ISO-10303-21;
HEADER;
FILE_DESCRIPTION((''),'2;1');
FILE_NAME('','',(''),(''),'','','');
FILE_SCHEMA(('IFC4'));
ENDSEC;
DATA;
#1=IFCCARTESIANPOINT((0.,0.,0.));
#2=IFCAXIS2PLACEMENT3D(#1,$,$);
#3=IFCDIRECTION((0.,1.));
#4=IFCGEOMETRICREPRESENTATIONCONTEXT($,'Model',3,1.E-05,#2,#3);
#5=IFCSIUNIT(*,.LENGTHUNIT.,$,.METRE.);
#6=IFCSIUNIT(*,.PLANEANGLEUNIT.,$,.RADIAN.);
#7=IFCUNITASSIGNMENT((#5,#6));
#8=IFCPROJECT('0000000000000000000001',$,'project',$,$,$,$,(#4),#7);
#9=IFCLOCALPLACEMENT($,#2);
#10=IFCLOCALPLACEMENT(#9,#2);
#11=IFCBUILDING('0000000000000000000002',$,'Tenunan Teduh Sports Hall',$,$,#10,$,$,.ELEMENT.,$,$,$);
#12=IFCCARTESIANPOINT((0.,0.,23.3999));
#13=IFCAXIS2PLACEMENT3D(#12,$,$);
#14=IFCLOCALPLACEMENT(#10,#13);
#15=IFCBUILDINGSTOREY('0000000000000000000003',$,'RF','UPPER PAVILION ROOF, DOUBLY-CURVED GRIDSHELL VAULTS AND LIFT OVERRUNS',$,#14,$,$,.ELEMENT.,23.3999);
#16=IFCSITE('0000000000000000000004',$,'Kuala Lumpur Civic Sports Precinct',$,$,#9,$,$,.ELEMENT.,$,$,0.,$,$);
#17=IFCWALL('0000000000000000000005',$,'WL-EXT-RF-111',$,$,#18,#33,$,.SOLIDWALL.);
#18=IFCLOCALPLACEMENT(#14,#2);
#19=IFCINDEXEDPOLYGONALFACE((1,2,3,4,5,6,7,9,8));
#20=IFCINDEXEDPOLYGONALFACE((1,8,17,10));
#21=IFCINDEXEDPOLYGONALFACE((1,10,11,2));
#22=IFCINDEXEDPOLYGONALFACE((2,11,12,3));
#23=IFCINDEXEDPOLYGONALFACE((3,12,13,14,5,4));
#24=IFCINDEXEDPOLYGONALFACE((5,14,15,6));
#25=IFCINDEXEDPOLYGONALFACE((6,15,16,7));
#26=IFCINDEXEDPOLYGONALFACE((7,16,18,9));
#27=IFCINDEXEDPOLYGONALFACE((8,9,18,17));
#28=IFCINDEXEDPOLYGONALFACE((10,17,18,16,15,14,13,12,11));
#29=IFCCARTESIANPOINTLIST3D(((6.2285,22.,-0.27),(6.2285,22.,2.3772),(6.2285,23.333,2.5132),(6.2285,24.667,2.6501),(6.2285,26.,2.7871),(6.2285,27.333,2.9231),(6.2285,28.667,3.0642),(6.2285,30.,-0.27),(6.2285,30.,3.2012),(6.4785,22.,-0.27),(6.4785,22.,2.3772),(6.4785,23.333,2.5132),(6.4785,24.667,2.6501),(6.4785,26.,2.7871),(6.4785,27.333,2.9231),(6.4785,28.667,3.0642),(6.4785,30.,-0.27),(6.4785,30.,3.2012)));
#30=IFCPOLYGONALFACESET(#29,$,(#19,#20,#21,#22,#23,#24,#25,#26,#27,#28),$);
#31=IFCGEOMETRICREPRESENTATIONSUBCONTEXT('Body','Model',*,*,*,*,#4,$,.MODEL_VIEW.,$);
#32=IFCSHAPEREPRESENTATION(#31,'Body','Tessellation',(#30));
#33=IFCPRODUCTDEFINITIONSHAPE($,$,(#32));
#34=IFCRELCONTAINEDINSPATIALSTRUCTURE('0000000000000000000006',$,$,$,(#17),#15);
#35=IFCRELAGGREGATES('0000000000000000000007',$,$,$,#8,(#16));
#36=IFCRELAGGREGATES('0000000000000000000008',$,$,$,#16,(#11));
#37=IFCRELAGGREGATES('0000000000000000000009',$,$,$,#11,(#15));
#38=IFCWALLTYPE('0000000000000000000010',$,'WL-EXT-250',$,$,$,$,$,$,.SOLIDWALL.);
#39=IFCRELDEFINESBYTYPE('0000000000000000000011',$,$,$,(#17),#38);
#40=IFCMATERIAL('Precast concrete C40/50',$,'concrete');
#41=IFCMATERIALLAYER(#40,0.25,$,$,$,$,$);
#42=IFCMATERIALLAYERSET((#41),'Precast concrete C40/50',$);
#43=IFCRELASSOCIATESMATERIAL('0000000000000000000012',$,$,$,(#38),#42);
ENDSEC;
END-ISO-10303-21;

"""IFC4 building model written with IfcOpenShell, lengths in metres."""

from ifc_helpers import new_model, si_unit, direction, frame, origin, place, context, subcontext, project, spatial, polyline, outline, extrude, material, layer, layer_set, type_object, element, save


model = new_model("IFC4")

# Units and contexts
model_context = context("Model", 3, precision=1e-05, world=origin(), true_north=direction((0.0, 1.0)))
body_context = subcontext(model_context, "Body", "Model", "MODEL_VIEW")
ifc_project = project(units=[si_unit("LENGTHUNIT", "METRE"), si_unit("PLANEANGLEUNIT", "RADIAN")], contexts=[model_context])

# Site, building, storey
site_placement = place(None, origin())
site = spatial("IfcSite", under=ifc_project, at=site_placement, Name="Kuala Lumpur Civic Sports Precinct", CompositionType="ELEMENT", RefElevation=0.0)
building_placement = place(site_placement, origin())
building = spatial("IfcBuilding", under=site, at=building_placement, Name="Tenunan Teduh Sports Hall", CompositionType="ELEMENT")
storey_placement = place(building_placement, frame((0.0, 0.0, 23.3999)))
storey = spatial("IfcBuildingStorey", under=building, at=storey_placement, Name="RF", Description="UPPER PAVILION ROOF, DOUBLY-CURVED GRIDSHELL VAULTS AND LIFT OVERRUNS", CompositionType="ELEMENT", Elevation=23.3999)

# Wall
ifc_material_1 = material(Name="Precast concrete C40/50", Category="concrete")
ifc_layer_1 = layer(ifc_material_1, 0.25)
ifc_layer_set_1 = layer_set([ifc_layer_1], Name="Precast concrete C40/50")
wall_type = type_object("IfcWallType", Name="WL-EXT-250", PredefinedType="SOLIDWALL", material=ifc_layer_set_1)
wall_placement = place(storey_placement, frame((6.3535, 22.0, -0.27), z_axis=(0.0, 0.0, 1.0), x_axis=(0.0, 1.0, 0.0)))
element("IfcWall", 1, at=wall_placement, inside=storey, type_object=wall_type, Name="WL-EXT-RF-111", PredefinedType="SOLIDWALL", context=body_context, shape_type="SweptSolid", body=[
    extrude(outline(polyline([(0.0, 0.0), (8.0, 0.0), (8.0, 3.4712), (6.667, 3.3342), (5.333, 3.1931), (4.0, 3.0571), (2.667, 2.9202), (1.333, 2.7832), (0.0, 2.6472), (0.0, 0.0)])), frame((0.0, 0.125, 0.0), z_axis=(0.0, -1.0, 0.0), x_axis=(1.0, 0.0, 0.0)), (0.0, 0.0, 1.0), 0.25),
])

save(model, "model.ifc")
